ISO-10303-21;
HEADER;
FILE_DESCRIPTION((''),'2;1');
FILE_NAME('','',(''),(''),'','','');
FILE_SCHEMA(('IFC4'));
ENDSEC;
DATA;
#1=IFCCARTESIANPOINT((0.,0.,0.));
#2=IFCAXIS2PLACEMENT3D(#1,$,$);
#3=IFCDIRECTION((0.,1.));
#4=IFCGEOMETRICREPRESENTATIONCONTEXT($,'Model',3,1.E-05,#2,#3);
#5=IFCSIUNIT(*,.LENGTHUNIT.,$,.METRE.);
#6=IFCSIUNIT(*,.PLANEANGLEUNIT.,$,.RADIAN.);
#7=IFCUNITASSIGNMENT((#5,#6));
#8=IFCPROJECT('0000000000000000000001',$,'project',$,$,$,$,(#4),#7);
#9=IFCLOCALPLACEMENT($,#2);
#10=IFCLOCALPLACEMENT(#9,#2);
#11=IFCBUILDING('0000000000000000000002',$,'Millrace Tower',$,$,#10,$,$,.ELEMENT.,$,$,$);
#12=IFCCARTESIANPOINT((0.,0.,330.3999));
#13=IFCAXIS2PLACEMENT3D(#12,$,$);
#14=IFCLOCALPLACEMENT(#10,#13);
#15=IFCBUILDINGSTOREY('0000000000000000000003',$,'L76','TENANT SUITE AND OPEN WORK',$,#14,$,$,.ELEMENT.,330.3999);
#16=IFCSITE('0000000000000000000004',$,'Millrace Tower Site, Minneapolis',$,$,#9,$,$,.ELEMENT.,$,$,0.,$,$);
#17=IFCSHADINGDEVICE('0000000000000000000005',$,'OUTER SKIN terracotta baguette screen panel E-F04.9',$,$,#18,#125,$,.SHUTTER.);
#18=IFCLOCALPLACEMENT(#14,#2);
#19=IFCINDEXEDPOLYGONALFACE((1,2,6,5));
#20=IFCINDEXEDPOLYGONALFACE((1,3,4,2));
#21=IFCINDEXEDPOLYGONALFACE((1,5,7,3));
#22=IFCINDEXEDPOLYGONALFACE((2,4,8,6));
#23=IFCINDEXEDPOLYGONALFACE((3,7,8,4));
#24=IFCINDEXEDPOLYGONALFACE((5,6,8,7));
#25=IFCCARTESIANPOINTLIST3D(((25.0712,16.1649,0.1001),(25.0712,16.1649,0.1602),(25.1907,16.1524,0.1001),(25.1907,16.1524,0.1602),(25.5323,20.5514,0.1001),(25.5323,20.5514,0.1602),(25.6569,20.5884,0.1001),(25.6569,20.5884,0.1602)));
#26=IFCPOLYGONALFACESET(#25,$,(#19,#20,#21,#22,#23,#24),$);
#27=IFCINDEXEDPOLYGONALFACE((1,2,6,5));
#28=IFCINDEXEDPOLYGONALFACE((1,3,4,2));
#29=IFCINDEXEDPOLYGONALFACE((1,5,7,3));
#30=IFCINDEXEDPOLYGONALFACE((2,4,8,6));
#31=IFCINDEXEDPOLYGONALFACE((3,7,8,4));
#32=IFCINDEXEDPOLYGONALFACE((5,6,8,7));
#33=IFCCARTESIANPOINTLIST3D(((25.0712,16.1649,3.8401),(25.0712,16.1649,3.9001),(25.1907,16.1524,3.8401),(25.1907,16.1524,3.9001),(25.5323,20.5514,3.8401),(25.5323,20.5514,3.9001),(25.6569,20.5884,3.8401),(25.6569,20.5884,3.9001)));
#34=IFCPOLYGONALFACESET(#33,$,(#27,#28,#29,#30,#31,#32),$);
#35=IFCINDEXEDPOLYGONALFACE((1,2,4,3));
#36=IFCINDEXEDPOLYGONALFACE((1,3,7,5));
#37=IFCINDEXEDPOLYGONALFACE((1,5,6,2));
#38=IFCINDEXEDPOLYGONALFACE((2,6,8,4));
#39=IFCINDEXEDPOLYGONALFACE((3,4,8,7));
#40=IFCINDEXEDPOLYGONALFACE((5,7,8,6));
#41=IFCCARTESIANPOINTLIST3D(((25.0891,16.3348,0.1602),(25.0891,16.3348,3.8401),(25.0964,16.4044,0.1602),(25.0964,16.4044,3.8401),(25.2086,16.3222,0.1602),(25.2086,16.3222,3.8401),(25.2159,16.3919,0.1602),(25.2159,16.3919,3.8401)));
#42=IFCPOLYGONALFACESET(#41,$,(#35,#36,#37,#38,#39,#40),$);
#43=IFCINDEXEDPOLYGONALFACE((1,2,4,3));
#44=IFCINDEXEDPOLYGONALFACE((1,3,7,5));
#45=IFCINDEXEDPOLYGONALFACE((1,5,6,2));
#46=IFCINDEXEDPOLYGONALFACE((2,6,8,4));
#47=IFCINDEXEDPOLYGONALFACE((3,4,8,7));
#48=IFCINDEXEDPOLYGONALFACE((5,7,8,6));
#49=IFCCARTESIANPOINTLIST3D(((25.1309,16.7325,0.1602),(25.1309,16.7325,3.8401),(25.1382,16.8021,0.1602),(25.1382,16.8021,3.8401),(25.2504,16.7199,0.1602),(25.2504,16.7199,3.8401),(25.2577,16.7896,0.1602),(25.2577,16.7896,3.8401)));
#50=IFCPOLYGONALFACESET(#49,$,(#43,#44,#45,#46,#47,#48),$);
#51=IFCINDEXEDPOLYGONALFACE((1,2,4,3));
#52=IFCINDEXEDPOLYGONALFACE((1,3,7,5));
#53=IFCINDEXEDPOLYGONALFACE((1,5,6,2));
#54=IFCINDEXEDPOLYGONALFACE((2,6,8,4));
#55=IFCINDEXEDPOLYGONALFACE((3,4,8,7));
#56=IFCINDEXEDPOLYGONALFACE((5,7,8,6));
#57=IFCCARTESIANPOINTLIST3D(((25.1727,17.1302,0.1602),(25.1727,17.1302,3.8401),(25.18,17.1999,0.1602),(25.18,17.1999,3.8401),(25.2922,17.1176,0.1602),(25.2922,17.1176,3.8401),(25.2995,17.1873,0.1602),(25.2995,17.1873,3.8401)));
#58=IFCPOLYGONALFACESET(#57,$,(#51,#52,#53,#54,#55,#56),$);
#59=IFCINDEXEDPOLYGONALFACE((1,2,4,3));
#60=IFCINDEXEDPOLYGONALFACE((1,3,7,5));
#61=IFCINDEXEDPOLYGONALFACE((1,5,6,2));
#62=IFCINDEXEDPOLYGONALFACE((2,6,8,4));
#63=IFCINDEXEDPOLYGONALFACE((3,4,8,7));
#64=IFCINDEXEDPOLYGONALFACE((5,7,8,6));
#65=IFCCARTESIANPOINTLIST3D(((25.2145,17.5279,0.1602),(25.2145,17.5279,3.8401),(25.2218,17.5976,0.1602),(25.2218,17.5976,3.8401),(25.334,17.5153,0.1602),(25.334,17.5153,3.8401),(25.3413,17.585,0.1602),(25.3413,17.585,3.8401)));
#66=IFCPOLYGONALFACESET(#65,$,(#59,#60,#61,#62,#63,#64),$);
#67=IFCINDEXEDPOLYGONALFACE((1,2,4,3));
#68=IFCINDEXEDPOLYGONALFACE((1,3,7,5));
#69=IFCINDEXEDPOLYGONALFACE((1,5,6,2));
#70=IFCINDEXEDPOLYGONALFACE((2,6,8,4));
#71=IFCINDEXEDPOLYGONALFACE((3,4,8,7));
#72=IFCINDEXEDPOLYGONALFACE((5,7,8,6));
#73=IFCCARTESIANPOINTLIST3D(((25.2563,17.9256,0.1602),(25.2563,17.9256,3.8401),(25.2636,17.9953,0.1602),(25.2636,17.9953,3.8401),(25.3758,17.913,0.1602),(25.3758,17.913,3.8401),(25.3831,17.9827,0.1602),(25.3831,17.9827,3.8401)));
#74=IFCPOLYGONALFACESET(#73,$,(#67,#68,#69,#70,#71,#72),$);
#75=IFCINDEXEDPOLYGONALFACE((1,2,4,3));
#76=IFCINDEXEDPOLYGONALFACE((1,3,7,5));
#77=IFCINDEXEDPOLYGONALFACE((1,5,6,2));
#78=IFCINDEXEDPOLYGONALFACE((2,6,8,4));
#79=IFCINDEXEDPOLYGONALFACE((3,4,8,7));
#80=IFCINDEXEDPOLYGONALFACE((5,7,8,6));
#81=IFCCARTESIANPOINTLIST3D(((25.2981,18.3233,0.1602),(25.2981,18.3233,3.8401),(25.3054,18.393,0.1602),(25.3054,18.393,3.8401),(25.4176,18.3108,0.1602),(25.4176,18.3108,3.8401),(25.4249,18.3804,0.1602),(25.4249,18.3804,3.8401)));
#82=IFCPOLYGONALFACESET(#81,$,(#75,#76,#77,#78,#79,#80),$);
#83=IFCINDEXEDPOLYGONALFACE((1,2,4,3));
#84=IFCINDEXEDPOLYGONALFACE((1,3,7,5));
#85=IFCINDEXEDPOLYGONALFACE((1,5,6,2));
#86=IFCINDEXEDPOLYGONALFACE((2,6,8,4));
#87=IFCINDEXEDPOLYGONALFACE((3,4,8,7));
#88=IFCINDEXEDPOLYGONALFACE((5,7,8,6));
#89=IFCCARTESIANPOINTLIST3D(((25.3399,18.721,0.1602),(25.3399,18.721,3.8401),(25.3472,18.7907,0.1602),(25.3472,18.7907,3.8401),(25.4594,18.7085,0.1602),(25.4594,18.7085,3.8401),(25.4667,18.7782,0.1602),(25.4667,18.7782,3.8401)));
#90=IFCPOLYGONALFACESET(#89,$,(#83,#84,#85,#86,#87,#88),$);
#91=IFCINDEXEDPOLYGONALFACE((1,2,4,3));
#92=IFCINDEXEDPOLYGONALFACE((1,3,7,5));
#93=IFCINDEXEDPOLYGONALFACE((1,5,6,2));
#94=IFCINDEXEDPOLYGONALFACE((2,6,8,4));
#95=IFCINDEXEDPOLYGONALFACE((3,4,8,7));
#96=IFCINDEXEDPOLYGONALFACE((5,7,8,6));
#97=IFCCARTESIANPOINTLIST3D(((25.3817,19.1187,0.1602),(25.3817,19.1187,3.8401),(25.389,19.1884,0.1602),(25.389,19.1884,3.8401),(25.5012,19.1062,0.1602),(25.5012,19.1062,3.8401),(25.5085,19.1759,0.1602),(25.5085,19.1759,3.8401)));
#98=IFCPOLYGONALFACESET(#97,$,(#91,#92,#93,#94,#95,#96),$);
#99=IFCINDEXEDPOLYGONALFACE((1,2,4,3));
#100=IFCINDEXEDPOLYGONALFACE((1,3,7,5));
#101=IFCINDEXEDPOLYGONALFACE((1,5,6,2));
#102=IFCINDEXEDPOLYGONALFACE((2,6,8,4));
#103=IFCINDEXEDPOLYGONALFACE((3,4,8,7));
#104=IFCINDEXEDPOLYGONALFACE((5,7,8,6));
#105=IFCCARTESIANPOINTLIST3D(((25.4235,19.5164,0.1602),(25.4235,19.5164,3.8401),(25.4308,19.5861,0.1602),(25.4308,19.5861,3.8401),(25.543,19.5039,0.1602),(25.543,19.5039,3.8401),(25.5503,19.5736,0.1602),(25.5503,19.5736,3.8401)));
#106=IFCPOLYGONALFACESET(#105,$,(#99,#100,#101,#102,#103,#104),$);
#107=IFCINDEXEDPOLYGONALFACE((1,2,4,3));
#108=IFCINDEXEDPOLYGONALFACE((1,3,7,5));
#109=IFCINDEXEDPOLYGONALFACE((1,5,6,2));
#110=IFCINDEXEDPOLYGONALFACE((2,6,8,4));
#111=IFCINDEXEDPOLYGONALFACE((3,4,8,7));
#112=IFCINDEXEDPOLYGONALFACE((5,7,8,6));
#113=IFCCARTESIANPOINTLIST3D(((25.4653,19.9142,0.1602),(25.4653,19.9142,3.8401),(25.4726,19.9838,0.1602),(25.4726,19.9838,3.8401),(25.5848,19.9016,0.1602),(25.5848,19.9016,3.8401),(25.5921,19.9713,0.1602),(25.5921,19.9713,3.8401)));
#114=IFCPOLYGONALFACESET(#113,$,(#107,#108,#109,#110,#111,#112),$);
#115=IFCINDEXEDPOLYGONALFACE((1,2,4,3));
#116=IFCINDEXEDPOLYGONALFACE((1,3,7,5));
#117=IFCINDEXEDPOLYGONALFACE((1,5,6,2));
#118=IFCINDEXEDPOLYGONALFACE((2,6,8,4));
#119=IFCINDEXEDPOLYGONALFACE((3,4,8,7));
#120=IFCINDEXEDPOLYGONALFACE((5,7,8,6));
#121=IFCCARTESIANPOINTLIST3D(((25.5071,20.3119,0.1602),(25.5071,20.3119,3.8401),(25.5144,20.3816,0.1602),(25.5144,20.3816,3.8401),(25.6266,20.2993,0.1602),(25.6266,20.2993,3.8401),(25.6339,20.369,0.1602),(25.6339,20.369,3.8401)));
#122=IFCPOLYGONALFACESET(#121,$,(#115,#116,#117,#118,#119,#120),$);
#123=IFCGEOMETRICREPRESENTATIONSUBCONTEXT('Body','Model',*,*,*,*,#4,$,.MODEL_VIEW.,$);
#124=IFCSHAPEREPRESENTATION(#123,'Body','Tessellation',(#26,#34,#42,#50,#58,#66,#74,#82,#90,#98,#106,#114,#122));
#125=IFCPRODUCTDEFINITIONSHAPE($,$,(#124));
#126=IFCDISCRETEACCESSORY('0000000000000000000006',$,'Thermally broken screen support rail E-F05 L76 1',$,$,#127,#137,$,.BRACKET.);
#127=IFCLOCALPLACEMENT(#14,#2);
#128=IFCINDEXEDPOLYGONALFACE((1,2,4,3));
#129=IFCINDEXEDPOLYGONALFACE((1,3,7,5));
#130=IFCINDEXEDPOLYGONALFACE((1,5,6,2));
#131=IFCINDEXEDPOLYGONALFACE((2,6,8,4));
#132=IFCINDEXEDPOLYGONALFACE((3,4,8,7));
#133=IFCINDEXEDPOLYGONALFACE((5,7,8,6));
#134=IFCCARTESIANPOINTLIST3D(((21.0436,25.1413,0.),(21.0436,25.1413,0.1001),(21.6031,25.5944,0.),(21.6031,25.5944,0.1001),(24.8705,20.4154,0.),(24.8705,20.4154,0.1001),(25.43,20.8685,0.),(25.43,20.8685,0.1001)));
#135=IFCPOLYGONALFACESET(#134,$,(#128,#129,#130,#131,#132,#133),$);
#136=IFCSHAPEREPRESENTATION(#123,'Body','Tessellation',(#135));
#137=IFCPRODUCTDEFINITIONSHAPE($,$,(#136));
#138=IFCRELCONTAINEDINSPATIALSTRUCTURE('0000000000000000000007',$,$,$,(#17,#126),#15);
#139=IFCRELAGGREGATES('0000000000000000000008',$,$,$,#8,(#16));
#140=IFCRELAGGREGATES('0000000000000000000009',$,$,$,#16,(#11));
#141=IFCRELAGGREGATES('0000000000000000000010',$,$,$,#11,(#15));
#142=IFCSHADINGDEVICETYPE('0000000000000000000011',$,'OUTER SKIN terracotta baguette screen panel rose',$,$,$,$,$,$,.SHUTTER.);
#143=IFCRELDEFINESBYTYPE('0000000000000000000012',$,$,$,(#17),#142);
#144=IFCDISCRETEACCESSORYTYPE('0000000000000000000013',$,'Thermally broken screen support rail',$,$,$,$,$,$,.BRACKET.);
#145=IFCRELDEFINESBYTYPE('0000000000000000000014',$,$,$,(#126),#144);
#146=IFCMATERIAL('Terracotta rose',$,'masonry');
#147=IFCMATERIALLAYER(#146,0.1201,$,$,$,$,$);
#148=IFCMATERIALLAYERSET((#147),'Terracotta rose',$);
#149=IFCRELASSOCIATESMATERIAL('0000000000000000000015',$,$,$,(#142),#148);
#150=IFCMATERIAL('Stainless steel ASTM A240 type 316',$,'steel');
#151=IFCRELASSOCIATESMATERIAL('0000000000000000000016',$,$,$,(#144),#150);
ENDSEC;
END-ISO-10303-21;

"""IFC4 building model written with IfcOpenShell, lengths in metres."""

from ifc_helpers import new_model, entity, si_unit, direction, frame, frame_2d, origin, origin_2d, place, context, subcontext, project, spatial, rectangle, extrude, source, transform, mapped, material, layer, layer_set, type_object, element, save


model = new_model("IFC4")

# Units and contexts
model_context = context("Model", 3, precision=1e-05, world=origin(), true_north=direction((0.0, 1.0)))
body_context = subcontext(model_context, "Body", "Model", "MODEL_VIEW")
ifc_project = project(units=[si_unit("LENGTHUNIT", "METRE"), si_unit("PLANEANGLEUNIT", "RADIAN")], contexts=[model_context])

# Site, building, storey
site_placement = place(None, origin())
site = spatial("IfcSite", under=ifc_project, at=site_placement, Name="Millrace Tower Site, Minneapolis", CompositionType="ELEMENT", RefElevation=0.0)
building_placement = place(site_placement, origin())
building = spatial("IfcBuilding", under=site, at=building_placement, Name="Millrace Tower", CompositionType="ELEMENT")
storey_placement = place(building_placement, frame((0.0, 0.0, 330.3999)))
storey = spatial("IfcBuildingStorey", under=building, at=storey_placement, Name="L76", Description="TENANT SUITE AND OPEN WORK", CompositionType="ELEMENT", Elevation=330.3999)

# Shading device
ifc_material_1 = material(Name="Terracotta rose", Category="masonry")
ifc_layer_1 = layer(ifc_material_1, 0.1201)
ifc_layer_set_1 = layer_set([ifc_layer_1], Name="Terracotta rose")
shading_device_type = type_object("IfcShadingDeviceType", Name="OUTER SKIN terracotta baguette screen panel rose", PredefinedType="SHUTTER", material=ifc_layer_set_1)
cartesian_point_1 = entity("IfcCartesianPoint", [-2.2178, 0.0601])
shared_polyline_1 = entity("IfcPolyline", [cartesian_point_1, entity("IfcCartesianPoint", [2.1929, 0.0601]), entity("IfcCartesianPoint", [2.2427, -0.0601]), entity("IfcCartesianPoint", [-2.2178, -0.0601]), cartesian_point_1])
shared_shape_1 = source(origin(), body_context, "Body", "SweptSolid", [
    entity("IfcExtrudedAreaSolid", entity("IfcArbitraryClosedProfileDef", "AREA", None, shared_polyline_1), entity("IfcAxis2Placement3D", entity("IfcCartesianPoint", [0.0, 0.0, 0.0])), entity("IfcDirection", [0.0, 0.0, 1.0]), 0.0601),
    entity("IfcExtrudedAreaSolid", entity("IfcArbitraryClosedProfileDef", "AREA", None, shared_polyline_1), entity("IfcAxis2Placement3D", entity("IfcCartesianPoint", [0.0, 0.0, 3.74])), entity("IfcDirection", [0.0, 0.0, 1.0]), 0.0601),
    extrude(rectangle(XDim=0.0701, YDim=0.1201, at=frame_2d((-2.012, 0.0))), frame((0.0, 0.0, 0.0601)), (0.0, 0.0, 1.0), 3.6799),
    extrude(rectangle(XDim=0.0701, YDim=0.1201, at=frame_2d((-1.6121, 0.0))), frame((0.0, 0.0, 0.0601)), (0.0, 0.0, 1.0), 3.6799),
    extrude(rectangle(XDim=0.0701, YDim=0.1201, at=frame_2d((-1.2122, 0.0))), frame((0.0, 0.0, 0.0601)), (0.0, 0.0, 1.0), 3.6799),
    extrude(rectangle(XDim=0.0701, YDim=0.1201, at=frame_2d((-0.8123, 0.0))), frame((0.0, 0.0, 0.0601)), (0.0, 0.0, 1.0), 3.6799),
    extrude(rectangle(XDim=0.0701, YDim=0.1201, at=frame_2d((-0.4124, 0.0))), frame((0.0, 0.0, 0.0601)), (0.0, 0.0, 1.0), 3.6799),
    extrude(rectangle(XDim=0.0701, YDim=0.1201, at=frame_2d((-0.0125, 0.0))), frame((0.0, 0.0, 0.0601)), (0.0, 0.0, 1.0), 3.6799),
    extrude(rectangle(XDim=0.0701, YDim=0.1201, at=frame_2d((0.3875, 0.0))), frame((0.0, 0.0, 0.0601)), (0.0, 0.0, 1.0), 3.6799),
    extrude(rectangle(XDim=0.0701, YDim=0.1201, at=frame_2d((0.7874, 0.0))), frame((0.0, 0.0, 0.0601)), (0.0, 0.0, 1.0), 3.6799),
    extrude(rectangle(XDim=0.0701, YDim=0.1201, at=frame_2d((1.1873, 0.0))), frame((0.0, 0.0, 0.0601)), (0.0, 0.0, 1.0), 3.6799),
    extrude(rectangle(XDim=0.0701, YDim=0.1201, at=frame_2d((1.5872, 0.0))), frame((0.0, 0.0, 0.0601)), (0.0, 0.0, 1.0), 3.6799),
    extrude(rectangle(XDim=0.0701, YDim=0.1201, at=frame_2d((1.9871, 0.0))), frame((0.0, 0.0, 0.0601)), (0.0, 0.0, 1.0), 3.6799),
])
shading_device_1_placement = place(storey_placement, frame((25.3628, 18.3643, 0.1001), z_axis=(0.0, 0.0, 1.0), x_axis=(0.104528, 0.994522, 0.0)))
element("IfcShadingDevice", 1, at=shading_device_1_placement, inside=storey, type_object=shading_device_type, Name="OUTER SKIN terracotta baguette screen panel E-F04.9", PredefinedType="SHUTTER", context=body_context, shape_type="MappedRepresentation", body=[
    mapped(shared_shape_1, transform((0.0, 0.0, 0.0), scale=1.0)),
])

# Discrete accessory
ifc_material_2 = material(Name="Stainless steel ASTM A240 type 316", Category="steel")
discrete_accessory_type = type_object("IfcDiscreteAccessoryType", Name="Thermally broken screen support rail", PredefinedType="BRACKET", material=ifc_material_2)
discrete_accessory_placement = place(storey_placement, frame((23.2368, 23.0049, 0.0), z_axis=(0.0, 0.0, 1.0), x_axis=(-0.62932, 0.777146, 0.0)))
element("IfcDiscreteAccessory", 2, at=discrete_accessory_placement, inside=storey, type_object=discrete_accessory_type, Name="Thermally broken screen support rail E-F05 L76 1", PredefinedType="BRACKET", context=body_context, shape_type="SweptSolid", body=[
    extrude(rectangle(XDim=6.0811, YDim=0.72, at=origin_2d()), origin(), (0.0, 0.0, 1.0), 0.1001),
])

save(model, "model.ifc")
